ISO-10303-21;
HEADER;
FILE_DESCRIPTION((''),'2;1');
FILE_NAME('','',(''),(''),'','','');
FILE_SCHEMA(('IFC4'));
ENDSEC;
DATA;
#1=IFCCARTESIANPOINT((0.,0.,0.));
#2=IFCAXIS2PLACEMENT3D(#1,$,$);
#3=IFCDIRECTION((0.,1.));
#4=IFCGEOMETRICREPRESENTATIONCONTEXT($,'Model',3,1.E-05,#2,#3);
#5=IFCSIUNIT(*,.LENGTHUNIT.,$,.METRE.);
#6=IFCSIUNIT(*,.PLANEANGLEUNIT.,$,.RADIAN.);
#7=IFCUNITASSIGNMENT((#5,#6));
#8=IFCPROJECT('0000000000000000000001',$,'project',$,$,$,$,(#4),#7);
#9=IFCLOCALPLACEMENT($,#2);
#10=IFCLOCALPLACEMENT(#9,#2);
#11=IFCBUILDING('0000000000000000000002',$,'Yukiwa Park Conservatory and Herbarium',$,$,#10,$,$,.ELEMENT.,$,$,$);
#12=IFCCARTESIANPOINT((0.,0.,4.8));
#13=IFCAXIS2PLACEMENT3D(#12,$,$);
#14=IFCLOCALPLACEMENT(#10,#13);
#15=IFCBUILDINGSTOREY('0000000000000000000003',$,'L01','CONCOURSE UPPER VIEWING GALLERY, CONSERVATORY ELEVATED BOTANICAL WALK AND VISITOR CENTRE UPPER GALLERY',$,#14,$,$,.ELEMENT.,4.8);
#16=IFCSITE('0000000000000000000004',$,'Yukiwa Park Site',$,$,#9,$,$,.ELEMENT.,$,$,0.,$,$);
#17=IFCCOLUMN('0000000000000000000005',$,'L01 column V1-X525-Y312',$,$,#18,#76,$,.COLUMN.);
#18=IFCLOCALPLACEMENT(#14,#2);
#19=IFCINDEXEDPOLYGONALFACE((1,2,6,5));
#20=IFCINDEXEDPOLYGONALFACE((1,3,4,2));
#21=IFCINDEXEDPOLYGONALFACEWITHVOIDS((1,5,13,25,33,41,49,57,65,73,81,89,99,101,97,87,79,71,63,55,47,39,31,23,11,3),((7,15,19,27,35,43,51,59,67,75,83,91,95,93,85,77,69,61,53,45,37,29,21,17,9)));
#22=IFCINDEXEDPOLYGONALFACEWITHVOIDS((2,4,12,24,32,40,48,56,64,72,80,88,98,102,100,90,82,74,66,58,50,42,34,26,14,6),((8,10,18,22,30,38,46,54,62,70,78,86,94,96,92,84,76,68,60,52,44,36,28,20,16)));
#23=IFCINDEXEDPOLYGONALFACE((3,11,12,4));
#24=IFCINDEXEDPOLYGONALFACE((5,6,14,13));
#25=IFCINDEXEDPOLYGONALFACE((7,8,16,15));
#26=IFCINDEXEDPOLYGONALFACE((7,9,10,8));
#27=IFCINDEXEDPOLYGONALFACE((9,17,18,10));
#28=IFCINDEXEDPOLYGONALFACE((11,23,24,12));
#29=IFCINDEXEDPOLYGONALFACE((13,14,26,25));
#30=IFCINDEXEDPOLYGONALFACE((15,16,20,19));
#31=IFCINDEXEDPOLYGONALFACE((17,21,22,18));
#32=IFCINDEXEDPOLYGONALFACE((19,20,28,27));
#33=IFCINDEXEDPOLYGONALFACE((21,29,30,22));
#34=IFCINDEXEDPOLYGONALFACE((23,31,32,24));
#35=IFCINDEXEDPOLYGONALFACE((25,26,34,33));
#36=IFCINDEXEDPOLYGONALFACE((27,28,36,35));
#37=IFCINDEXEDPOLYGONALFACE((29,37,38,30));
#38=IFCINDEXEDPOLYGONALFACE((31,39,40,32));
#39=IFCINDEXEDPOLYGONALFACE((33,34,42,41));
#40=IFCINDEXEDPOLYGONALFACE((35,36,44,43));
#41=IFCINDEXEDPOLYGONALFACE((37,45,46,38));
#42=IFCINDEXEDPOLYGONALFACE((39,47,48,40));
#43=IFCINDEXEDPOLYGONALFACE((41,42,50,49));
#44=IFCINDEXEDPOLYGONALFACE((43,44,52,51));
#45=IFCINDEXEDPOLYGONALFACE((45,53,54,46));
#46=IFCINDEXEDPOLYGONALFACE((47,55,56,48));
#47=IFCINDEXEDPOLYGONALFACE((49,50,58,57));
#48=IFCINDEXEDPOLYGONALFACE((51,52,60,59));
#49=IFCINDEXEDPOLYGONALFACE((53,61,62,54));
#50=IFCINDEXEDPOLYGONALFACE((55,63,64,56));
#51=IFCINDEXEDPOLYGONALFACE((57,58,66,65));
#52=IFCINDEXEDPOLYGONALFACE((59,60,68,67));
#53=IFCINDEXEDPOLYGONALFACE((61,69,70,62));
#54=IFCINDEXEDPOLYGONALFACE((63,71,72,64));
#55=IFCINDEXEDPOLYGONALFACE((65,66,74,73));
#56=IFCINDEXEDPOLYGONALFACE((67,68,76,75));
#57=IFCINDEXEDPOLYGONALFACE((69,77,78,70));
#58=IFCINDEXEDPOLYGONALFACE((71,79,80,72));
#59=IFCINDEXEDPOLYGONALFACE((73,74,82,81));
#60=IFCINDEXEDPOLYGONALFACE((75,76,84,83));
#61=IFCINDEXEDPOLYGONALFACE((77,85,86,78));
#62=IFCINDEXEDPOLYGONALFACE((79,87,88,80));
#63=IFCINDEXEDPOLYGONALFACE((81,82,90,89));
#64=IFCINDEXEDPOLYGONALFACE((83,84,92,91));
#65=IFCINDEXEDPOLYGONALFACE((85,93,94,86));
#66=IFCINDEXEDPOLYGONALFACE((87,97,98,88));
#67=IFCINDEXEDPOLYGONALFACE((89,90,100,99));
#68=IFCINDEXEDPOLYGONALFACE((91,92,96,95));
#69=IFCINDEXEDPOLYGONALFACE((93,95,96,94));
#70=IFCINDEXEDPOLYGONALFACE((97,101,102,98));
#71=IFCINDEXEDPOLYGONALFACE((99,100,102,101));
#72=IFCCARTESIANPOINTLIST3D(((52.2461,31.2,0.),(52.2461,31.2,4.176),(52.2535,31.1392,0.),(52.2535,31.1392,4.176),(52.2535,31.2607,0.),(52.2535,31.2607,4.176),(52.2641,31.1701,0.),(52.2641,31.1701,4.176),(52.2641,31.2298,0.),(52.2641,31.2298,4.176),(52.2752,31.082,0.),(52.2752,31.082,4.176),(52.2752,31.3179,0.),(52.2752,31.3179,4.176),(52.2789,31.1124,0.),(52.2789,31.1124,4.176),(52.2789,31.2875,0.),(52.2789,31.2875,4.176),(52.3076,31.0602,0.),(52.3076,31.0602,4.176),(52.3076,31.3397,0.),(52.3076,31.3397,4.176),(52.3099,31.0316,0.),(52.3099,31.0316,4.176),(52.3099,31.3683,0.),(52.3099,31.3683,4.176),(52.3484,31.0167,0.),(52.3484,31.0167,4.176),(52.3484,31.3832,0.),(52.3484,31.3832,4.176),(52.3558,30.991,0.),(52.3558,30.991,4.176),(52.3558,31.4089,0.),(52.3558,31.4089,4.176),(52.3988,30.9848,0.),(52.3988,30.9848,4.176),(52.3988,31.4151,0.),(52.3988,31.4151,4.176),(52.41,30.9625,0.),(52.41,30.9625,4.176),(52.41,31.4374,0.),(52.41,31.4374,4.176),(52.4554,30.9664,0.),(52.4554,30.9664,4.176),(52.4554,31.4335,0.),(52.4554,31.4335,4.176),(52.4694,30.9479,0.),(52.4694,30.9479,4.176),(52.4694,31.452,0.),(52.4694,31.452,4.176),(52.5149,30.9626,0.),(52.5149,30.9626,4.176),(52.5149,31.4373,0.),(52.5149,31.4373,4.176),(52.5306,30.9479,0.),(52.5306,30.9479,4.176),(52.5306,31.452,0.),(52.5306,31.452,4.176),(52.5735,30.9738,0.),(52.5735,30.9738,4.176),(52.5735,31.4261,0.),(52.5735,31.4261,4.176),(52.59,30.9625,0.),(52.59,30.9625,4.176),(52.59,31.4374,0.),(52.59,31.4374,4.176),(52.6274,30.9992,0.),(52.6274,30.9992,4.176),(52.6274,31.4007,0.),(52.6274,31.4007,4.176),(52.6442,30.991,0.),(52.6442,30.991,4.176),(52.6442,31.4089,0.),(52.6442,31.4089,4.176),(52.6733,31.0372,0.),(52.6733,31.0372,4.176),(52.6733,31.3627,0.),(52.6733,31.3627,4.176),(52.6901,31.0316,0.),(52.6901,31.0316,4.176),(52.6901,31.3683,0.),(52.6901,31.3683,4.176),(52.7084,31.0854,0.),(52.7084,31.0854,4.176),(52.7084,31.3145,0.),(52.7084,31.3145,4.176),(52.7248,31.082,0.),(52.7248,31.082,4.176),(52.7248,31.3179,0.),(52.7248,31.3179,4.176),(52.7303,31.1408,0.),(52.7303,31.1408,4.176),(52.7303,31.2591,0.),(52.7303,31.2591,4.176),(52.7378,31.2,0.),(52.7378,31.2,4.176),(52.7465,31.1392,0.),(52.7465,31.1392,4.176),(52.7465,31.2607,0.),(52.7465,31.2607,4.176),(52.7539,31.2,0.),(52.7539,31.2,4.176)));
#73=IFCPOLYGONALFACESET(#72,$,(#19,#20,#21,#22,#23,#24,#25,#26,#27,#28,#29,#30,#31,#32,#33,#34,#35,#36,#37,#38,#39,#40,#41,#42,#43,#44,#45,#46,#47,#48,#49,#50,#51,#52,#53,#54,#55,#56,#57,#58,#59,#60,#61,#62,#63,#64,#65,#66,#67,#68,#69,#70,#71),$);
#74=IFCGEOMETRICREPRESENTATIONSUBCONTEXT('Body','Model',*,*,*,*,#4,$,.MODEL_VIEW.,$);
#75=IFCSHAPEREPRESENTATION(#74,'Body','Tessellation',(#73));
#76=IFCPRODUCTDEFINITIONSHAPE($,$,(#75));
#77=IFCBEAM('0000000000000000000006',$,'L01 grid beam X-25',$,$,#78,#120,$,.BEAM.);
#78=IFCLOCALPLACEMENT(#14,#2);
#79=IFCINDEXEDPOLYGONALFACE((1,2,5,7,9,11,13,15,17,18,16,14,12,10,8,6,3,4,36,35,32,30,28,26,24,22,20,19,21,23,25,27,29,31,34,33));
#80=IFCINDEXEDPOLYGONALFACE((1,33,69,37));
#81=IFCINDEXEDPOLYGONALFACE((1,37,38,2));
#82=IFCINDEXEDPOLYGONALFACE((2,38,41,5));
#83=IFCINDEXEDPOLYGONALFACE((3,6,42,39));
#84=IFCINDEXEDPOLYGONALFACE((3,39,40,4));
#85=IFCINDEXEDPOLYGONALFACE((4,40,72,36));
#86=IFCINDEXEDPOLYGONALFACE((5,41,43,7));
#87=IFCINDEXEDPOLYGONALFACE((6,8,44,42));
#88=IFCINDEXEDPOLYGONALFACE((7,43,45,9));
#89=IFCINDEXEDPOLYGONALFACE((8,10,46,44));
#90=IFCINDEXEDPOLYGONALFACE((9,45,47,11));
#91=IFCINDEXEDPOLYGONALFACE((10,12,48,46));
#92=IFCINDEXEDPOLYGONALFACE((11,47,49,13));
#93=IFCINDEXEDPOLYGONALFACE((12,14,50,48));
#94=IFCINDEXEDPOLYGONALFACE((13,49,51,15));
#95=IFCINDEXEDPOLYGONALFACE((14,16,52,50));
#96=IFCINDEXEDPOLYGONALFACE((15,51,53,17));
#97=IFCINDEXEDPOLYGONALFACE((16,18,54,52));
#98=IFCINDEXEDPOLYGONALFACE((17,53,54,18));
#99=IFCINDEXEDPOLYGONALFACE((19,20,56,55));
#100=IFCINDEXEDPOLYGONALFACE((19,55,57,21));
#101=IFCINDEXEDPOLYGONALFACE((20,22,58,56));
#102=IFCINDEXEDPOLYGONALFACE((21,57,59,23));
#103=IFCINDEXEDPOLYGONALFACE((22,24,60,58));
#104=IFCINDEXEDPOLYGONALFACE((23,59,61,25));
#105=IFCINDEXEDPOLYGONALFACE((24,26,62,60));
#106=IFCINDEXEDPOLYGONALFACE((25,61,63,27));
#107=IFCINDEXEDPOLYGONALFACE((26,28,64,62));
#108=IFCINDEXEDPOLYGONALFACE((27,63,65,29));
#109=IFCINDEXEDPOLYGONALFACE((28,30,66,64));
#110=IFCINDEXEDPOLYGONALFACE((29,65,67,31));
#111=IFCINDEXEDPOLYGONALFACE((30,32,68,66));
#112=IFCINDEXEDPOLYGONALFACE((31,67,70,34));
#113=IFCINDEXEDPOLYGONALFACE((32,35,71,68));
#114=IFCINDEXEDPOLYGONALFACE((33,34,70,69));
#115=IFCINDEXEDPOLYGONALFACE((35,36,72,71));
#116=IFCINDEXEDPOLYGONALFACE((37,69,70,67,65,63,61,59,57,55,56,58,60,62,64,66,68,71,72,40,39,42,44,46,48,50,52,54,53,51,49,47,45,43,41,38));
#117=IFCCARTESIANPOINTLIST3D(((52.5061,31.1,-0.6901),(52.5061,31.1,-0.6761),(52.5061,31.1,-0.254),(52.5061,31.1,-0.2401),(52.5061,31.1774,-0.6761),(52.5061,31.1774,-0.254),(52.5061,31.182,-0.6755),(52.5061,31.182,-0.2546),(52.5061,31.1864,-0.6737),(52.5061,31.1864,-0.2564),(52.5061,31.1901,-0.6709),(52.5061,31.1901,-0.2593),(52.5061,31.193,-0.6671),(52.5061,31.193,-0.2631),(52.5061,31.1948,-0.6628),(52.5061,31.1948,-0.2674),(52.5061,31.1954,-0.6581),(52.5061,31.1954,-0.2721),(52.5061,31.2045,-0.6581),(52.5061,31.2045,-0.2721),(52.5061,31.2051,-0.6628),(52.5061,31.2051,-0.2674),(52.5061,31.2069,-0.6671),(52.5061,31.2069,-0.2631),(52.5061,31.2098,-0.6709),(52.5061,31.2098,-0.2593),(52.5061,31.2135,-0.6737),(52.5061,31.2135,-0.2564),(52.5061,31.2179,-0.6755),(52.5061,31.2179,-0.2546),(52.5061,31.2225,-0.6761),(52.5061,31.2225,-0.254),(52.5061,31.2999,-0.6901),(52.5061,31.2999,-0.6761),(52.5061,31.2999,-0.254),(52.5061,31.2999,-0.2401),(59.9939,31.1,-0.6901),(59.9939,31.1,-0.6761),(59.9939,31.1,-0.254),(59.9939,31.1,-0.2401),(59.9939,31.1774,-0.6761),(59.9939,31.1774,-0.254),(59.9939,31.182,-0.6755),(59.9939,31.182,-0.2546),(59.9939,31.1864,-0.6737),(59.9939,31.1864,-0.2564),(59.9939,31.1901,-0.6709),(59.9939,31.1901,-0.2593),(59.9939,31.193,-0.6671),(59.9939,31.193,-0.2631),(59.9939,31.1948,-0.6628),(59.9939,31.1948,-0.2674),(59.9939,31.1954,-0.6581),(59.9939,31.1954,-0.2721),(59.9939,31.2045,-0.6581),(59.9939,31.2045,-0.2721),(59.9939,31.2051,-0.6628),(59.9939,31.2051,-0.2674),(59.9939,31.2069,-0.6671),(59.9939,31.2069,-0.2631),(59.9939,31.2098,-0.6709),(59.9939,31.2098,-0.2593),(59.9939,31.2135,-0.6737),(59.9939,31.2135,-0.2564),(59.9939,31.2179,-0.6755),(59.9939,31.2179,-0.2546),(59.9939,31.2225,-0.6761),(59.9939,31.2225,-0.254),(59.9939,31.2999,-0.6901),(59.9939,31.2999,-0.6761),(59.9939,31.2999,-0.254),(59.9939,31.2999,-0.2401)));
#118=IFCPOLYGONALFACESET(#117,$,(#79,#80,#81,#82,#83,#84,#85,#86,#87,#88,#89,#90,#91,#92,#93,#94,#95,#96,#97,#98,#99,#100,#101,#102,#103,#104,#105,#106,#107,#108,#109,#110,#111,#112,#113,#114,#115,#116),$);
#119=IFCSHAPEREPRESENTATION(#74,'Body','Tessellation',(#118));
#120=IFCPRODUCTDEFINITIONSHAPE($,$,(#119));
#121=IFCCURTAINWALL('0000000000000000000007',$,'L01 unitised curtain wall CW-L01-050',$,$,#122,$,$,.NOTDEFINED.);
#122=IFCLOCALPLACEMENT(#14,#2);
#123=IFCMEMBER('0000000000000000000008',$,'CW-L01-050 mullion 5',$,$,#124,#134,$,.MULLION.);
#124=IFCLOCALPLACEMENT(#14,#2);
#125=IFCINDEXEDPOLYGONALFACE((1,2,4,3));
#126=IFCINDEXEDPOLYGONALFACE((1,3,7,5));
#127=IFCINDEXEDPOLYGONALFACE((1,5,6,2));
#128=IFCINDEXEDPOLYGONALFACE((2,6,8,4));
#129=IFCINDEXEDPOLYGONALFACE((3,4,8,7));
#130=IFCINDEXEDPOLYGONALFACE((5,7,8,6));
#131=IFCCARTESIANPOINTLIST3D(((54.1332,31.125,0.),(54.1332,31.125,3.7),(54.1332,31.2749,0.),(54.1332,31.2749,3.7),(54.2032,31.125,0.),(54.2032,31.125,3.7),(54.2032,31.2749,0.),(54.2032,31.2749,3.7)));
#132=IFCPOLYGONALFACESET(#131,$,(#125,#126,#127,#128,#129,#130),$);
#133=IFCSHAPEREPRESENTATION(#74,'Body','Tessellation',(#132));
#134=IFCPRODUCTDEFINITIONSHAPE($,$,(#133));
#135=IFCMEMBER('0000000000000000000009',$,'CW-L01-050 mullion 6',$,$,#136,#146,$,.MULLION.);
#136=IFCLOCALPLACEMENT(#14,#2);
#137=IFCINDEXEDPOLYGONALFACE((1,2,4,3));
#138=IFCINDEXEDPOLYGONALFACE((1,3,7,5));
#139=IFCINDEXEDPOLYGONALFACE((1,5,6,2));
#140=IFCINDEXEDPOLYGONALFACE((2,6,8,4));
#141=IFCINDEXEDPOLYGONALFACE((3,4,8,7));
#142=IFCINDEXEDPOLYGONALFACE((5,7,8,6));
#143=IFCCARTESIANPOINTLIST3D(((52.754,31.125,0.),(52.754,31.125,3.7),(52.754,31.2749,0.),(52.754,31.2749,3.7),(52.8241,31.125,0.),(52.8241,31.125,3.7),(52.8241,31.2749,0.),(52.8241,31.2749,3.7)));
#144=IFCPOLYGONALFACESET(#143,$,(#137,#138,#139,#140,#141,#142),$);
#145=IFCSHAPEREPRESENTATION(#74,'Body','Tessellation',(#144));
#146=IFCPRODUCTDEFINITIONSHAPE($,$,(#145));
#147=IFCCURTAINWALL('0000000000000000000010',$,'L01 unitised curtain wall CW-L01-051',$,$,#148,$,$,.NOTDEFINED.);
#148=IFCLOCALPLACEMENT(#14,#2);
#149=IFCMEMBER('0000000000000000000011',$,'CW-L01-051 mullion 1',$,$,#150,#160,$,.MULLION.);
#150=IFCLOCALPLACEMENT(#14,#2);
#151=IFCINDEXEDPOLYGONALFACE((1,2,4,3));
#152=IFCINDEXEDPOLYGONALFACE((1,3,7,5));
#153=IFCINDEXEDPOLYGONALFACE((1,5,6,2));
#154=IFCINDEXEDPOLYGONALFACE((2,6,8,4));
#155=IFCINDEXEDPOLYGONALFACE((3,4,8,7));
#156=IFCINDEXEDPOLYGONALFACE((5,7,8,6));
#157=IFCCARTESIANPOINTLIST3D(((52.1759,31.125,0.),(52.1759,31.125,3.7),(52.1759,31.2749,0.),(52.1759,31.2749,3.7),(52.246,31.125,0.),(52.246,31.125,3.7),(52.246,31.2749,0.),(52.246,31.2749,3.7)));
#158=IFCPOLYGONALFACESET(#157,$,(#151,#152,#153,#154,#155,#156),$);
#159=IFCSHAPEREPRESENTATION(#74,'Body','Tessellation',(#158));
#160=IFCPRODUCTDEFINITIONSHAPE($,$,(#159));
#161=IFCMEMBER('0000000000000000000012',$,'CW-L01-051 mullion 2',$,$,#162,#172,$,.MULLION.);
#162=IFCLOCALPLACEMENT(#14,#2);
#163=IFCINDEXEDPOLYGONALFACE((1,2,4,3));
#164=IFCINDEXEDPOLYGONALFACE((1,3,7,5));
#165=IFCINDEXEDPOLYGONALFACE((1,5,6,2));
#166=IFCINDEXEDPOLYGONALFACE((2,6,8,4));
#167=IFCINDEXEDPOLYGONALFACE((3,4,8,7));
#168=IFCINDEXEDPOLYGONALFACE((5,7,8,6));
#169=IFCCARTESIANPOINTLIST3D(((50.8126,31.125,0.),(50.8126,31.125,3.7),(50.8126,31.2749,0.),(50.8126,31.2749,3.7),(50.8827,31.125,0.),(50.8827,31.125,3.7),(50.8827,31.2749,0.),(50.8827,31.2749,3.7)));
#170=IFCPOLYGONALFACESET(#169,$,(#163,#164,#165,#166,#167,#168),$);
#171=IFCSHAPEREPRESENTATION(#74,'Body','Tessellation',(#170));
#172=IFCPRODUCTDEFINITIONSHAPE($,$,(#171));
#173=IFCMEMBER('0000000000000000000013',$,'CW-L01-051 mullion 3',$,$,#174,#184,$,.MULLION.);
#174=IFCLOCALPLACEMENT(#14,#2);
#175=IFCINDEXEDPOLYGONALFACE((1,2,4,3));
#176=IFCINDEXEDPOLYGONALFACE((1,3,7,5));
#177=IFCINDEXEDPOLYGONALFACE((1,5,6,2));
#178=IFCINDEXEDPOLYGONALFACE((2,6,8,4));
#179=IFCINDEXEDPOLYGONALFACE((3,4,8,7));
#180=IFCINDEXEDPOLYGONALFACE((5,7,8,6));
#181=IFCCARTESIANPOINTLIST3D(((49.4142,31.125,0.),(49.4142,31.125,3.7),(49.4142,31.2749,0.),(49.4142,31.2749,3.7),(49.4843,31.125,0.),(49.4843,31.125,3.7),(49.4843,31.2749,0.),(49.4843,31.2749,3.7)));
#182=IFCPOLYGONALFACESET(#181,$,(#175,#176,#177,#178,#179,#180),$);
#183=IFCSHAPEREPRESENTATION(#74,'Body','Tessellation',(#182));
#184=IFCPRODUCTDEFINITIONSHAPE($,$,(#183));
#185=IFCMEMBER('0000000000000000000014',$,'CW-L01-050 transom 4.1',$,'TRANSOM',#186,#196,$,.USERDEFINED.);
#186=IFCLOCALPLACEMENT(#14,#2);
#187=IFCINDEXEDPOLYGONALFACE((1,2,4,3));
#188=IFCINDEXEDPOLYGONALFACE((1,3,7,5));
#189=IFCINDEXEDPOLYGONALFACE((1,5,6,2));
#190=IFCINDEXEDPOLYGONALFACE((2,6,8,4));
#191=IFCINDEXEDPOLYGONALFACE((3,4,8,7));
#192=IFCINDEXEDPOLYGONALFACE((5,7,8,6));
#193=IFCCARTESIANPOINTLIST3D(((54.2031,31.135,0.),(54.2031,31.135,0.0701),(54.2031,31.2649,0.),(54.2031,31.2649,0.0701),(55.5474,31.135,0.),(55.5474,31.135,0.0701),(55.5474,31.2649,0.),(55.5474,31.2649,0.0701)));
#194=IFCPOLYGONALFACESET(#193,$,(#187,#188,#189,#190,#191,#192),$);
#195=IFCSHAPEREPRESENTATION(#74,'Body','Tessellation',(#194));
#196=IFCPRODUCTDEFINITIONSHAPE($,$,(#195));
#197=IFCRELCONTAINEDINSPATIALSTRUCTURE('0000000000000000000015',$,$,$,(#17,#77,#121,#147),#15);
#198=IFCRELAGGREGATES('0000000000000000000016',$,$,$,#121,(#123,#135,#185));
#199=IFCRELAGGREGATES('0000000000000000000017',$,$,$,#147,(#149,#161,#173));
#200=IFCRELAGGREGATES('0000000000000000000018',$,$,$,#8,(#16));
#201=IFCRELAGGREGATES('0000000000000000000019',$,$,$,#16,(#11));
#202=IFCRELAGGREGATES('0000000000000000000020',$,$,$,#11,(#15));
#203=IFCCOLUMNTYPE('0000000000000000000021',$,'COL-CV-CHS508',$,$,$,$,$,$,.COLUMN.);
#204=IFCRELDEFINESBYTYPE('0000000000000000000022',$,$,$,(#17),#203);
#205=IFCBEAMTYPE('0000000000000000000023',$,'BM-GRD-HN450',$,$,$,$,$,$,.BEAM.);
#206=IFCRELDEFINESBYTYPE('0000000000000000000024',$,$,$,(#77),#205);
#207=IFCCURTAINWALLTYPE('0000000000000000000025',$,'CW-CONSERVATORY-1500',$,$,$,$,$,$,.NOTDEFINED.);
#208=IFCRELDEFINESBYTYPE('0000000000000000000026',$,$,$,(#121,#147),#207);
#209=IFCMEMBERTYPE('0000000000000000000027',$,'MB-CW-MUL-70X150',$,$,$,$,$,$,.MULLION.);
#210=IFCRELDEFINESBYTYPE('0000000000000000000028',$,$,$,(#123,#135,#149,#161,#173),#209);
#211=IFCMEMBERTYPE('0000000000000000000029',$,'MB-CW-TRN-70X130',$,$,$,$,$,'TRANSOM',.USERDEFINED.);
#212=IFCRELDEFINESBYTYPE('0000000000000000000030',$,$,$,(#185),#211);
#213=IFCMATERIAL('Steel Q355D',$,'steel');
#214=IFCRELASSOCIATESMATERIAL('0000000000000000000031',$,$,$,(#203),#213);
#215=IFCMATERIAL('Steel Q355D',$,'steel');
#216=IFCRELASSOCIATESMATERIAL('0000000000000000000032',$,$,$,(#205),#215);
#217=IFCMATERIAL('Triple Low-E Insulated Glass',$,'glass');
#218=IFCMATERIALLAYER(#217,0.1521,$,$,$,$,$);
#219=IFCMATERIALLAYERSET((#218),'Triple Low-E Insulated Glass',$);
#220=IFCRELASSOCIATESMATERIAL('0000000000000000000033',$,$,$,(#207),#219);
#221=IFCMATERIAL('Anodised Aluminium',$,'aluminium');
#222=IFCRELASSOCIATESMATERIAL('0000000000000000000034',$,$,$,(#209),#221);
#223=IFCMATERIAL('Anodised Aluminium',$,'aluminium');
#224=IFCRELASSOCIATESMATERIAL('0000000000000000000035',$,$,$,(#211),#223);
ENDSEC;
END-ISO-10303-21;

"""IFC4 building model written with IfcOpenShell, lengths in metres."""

from ifc_helpers import new_model, si_unit, direction, frame, origin, origin_2d, place, context, subcontext, project, spatial, rectangle, hollow_circle, i_section, extrude, material, layer, layer_set, material_profile, profile_set, type_object, element, aggregate, save


model = new_model("IFC4")

# Units and contexts
model_context = context("Model", 3, precision=1e-05, world=origin(), true_north=direction((0.0, 1.0)))
body_context = subcontext(model_context, "Body", "Model", "MODEL_VIEW")
ifc_project = project(units=[si_unit("LENGTHUNIT", "METRE"), si_unit("PLANEANGLEUNIT", "RADIAN")], contexts=[model_context])

# Site, building, storey
site_placement = place(None, origin())
site = spatial("IfcSite", under=ifc_project, at=site_placement, Name="Yukiwa Park Site", CompositionType="ELEMENT", RefElevation=0.0)
building_placement = place(site_placement, origin())
building = spatial("IfcBuilding", under=site, at=building_placement, Name="Yukiwa Park Conservatory and Herbarium", CompositionType="ELEMENT")
storey_placement = place(building_placement, frame((0.0, 0.0, 4.8)))
storey = spatial("IfcBuildingStorey", under=building, at=storey_placement, Name="L01", Description="CONCOURSE UPPER VIEWING GALLERY, CONSERVATORY ELEVATED BOTANICAL WALK AND VISITOR CENTRE UPPER GALLERY", CompositionType="ELEMENT", Elevation=4.8)

# Column
ifc_material_1 = material(Name="Steel Q355D", Category="steel")
ifc_material_profile_1 = material_profile(ifc_material_1, hollow_circle(Radius=0.2539, WallThickness=0.0161, at=origin_2d()), Name="CHS 508x16")
ifc_profile_set_1 = profile_set([ifc_material_profile_1], Name="Steel Q355D")
column_type = type_object("IfcColumnType", Name="COL-CV-CHS508", PredefinedType="COLUMN", material=ifc_profile_set_1)
column_placement = place(storey_placement, frame((52.5, 31.2, 0.0), z_axis=(0.0, 0.0, 1.0), x_axis=(1.0, 0.0, 0.0)))
element("IfcColumn", 1, at=column_placement, inside=storey, type_object=column_type, Name="L01 column V1-X525-Y312", PredefinedType="COLUMN", context=body_context, shape_type="SweptSolid", body=[
    extrude(hollow_circle(Radius=0.2539, WallThickness=0.0161, at=origin_2d()), origin(), (0.0, 0.0, 1.0), 4.176),
])

# Beam
ifc_material_2 = material(Name="Steel Q355D", Category="steel")
ifc_material_profile_2 = material_profile(ifc_material_2, i_section(OverallWidth=0.2, OverallDepth=0.45, WebThickness=0.009, FlangeThickness=0.0139, FilletRadius=0.0181, at=origin_2d()), Name="HN 450x200x9x14")
ifc_profile_set_2 = profile_set([ifc_material_profile_2], Name="Steel Q355D")
beam_type = type_object("IfcBeamType", Name="BM-GRD-HN450", PredefinedType="BEAM", material=ifc_profile_set_2)
beam_placement = place(storey_placement, frame((52.5061, 31.2, -0.4651), z_axis=(1.0, 0.0, 0.0), x_axis=(0.0, 1.0, 0.0)))
element("IfcBeam", 2, at=beam_placement, inside=storey, type_object=beam_type, Name="L01 grid beam X-25", PredefinedType="BEAM", context=body_context, shape_type="SweptSolid", body=[
    extrude(i_section(OverallWidth=0.2, OverallDepth=0.45, WebThickness=0.009, FlangeThickness=0.0139, FilletRadius=0.0181, at=origin_2d()), origin(), (0.0, 0.0, 1.0), 7.4878),
])

# Curtain walls, members
ifc_material_3 = material(Name="Triple Low-E Insulated Glass", Category="glass")
ifc_layer_1 = layer(ifc_material_3, 0.1521)
ifc_layer_set_1 = layer_set([ifc_layer_1], Name="Triple Low-E Insulated Glass")
curtain_wall_type = type_object("IfcCurtainWallType", Name="CW-CONSERVATORY-1500", PredefinedType="NOTDEFINED", material=ifc_layer_set_1)
curtain_wall_1_placement = place(storey_placement, origin())
curtain_wall_1 = element("IfcCurtainWall", 3, at=curtain_wall_1_placement, inside=storey, type_object=curtain_wall_type, Name="L01 unitised curtain wall CW-L01-050", PredefinedType="NOTDEFINED")
ifc_material_4 = material(Name="Anodised Aluminium", Category="aluminium")
member_type_1 = type_object("IfcMemberType", Name="MB-CW-MUL-70X150", PredefinedType="MULLION", material=ifc_material_4)
member_1_placement = place(storey_placement, frame((54.1682, 31.2, 0.0), z_axis=(0.0, 0.0, 1.0), x_axis=(-1.0, 0.0, 0.0)))
member_1 = element("IfcMember", 4, at=member_1_placement, type_object=member_type_1, Name="CW-L01-050 mullion 5", PredefinedType="MULLION", context=body_context, shape_type="SweptSolid", body=[
    extrude(rectangle(XDim=0.0701, YDim=0.1499, at=origin_2d()), origin(), (0.0, 0.0, 1.0), 3.7),
])
member_2_placement = place(storey_placement, frame((52.7891, 31.2, 0.0), z_axis=(0.0, 0.0, 1.0), x_axis=(-1.0, 0.0, 0.0)))
member_2 = element("IfcMember", 5, at=member_2_placement, type_object=member_type_1, Name="CW-L01-050 mullion 6", PredefinedType="MULLION", context=body_context, shape_type="SweptSolid", body=[
    extrude(rectangle(XDim=0.0701, YDim=0.1499, at=origin_2d()), origin(), (0.0, 0.0, 1.0), 3.7),
])
curtain_wall_2_placement = place(storey_placement, origin())
curtain_wall_2 = element("IfcCurtainWall", 6, at=curtain_wall_2_placement, inside=storey, type_object=curtain_wall_type, Name="L01 unitised curtain wall CW-L01-051", PredefinedType="NOTDEFINED")
member_3_placement = place(storey_placement, frame((52.2109, 31.2, 0.0), z_axis=(0.0, 0.0, 1.0), x_axis=(-1.0, 0.0, 0.0)))
member_3 = element("IfcMember", 7, at=member_3_placement, type_object=member_type_1, Name="CW-L01-051 mullion 1", PredefinedType="MULLION", context=body_context, shape_type="SweptSolid", body=[
    extrude(rectangle(XDim=0.0701, YDim=0.1499, at=origin_2d()), origin(), (0.0, 0.0, 1.0), 3.7),
])
member_4_placement = place(storey_placement, frame((50.8477, 31.2, 0.0), z_axis=(0.0, 0.0, 1.0), x_axis=(-1.0, 0.0, 0.0)))
member_4 = element("IfcMember", 8, at=member_4_placement, type_object=member_type_1, Name="CW-L01-051 mullion 2", PredefinedType="MULLION", context=body_context, shape_type="SweptSolid", body=[
    extrude(rectangle(XDim=0.0701, YDim=0.1499, at=origin_2d()), origin(), (0.0, 0.0, 1.0), 3.7),
])
member_5_placement = place(storey_placement, frame((49.4492, 31.2, 0.0), z_axis=(0.0, 0.0, 1.0), x_axis=(-1.0, 0.0, 0.0)))
member_5 = element("IfcMember", 9, at=member_5_placement, type_object=member_type_1, Name="CW-L01-051 mullion 3", PredefinedType="MULLION", context=body_context, shape_type="SweptSolid", body=[
    extrude(rectangle(XDim=0.0701, YDim=0.1499, at=origin_2d()), origin(), (0.0, 0.0, 1.0), 3.7),
])

# Member
ifc_material_5 = material(Name="Anodised Aluminium", Category="aluminium")
member_type_2 = type_object("IfcMemberType", Name="MB-CW-TRN-70X130", ElementType="TRANSOM", PredefinedType="USERDEFINED", material=ifc_material_5)
member_6_placement = place(storey_placement, frame((54.8752, 31.2, 0.0), z_axis=(0.0, 0.0, 1.0), x_axis=(-1.0, 0.0, 0.0)))
member_6 = element("IfcMember", 10, at=member_6_placement, type_object=member_type_2, Name="CW-L01-050 transom 4.1", ObjectType="TRANSOM", PredefinedType="USERDEFINED", context=body_context, shape_type="SweptSolid", body=[
    extrude(rectangle(XDim=1.3442, YDim=0.1299, at=origin_2d()), origin(), (0.0, 0.0, 1.0), 0.0701),
])

aggregate(curtain_wall_1, [member_1, member_2, member_6])
aggregate(curtain_wall_2, [member_3, member_4, member_5])

save(model, "model.ifc")
